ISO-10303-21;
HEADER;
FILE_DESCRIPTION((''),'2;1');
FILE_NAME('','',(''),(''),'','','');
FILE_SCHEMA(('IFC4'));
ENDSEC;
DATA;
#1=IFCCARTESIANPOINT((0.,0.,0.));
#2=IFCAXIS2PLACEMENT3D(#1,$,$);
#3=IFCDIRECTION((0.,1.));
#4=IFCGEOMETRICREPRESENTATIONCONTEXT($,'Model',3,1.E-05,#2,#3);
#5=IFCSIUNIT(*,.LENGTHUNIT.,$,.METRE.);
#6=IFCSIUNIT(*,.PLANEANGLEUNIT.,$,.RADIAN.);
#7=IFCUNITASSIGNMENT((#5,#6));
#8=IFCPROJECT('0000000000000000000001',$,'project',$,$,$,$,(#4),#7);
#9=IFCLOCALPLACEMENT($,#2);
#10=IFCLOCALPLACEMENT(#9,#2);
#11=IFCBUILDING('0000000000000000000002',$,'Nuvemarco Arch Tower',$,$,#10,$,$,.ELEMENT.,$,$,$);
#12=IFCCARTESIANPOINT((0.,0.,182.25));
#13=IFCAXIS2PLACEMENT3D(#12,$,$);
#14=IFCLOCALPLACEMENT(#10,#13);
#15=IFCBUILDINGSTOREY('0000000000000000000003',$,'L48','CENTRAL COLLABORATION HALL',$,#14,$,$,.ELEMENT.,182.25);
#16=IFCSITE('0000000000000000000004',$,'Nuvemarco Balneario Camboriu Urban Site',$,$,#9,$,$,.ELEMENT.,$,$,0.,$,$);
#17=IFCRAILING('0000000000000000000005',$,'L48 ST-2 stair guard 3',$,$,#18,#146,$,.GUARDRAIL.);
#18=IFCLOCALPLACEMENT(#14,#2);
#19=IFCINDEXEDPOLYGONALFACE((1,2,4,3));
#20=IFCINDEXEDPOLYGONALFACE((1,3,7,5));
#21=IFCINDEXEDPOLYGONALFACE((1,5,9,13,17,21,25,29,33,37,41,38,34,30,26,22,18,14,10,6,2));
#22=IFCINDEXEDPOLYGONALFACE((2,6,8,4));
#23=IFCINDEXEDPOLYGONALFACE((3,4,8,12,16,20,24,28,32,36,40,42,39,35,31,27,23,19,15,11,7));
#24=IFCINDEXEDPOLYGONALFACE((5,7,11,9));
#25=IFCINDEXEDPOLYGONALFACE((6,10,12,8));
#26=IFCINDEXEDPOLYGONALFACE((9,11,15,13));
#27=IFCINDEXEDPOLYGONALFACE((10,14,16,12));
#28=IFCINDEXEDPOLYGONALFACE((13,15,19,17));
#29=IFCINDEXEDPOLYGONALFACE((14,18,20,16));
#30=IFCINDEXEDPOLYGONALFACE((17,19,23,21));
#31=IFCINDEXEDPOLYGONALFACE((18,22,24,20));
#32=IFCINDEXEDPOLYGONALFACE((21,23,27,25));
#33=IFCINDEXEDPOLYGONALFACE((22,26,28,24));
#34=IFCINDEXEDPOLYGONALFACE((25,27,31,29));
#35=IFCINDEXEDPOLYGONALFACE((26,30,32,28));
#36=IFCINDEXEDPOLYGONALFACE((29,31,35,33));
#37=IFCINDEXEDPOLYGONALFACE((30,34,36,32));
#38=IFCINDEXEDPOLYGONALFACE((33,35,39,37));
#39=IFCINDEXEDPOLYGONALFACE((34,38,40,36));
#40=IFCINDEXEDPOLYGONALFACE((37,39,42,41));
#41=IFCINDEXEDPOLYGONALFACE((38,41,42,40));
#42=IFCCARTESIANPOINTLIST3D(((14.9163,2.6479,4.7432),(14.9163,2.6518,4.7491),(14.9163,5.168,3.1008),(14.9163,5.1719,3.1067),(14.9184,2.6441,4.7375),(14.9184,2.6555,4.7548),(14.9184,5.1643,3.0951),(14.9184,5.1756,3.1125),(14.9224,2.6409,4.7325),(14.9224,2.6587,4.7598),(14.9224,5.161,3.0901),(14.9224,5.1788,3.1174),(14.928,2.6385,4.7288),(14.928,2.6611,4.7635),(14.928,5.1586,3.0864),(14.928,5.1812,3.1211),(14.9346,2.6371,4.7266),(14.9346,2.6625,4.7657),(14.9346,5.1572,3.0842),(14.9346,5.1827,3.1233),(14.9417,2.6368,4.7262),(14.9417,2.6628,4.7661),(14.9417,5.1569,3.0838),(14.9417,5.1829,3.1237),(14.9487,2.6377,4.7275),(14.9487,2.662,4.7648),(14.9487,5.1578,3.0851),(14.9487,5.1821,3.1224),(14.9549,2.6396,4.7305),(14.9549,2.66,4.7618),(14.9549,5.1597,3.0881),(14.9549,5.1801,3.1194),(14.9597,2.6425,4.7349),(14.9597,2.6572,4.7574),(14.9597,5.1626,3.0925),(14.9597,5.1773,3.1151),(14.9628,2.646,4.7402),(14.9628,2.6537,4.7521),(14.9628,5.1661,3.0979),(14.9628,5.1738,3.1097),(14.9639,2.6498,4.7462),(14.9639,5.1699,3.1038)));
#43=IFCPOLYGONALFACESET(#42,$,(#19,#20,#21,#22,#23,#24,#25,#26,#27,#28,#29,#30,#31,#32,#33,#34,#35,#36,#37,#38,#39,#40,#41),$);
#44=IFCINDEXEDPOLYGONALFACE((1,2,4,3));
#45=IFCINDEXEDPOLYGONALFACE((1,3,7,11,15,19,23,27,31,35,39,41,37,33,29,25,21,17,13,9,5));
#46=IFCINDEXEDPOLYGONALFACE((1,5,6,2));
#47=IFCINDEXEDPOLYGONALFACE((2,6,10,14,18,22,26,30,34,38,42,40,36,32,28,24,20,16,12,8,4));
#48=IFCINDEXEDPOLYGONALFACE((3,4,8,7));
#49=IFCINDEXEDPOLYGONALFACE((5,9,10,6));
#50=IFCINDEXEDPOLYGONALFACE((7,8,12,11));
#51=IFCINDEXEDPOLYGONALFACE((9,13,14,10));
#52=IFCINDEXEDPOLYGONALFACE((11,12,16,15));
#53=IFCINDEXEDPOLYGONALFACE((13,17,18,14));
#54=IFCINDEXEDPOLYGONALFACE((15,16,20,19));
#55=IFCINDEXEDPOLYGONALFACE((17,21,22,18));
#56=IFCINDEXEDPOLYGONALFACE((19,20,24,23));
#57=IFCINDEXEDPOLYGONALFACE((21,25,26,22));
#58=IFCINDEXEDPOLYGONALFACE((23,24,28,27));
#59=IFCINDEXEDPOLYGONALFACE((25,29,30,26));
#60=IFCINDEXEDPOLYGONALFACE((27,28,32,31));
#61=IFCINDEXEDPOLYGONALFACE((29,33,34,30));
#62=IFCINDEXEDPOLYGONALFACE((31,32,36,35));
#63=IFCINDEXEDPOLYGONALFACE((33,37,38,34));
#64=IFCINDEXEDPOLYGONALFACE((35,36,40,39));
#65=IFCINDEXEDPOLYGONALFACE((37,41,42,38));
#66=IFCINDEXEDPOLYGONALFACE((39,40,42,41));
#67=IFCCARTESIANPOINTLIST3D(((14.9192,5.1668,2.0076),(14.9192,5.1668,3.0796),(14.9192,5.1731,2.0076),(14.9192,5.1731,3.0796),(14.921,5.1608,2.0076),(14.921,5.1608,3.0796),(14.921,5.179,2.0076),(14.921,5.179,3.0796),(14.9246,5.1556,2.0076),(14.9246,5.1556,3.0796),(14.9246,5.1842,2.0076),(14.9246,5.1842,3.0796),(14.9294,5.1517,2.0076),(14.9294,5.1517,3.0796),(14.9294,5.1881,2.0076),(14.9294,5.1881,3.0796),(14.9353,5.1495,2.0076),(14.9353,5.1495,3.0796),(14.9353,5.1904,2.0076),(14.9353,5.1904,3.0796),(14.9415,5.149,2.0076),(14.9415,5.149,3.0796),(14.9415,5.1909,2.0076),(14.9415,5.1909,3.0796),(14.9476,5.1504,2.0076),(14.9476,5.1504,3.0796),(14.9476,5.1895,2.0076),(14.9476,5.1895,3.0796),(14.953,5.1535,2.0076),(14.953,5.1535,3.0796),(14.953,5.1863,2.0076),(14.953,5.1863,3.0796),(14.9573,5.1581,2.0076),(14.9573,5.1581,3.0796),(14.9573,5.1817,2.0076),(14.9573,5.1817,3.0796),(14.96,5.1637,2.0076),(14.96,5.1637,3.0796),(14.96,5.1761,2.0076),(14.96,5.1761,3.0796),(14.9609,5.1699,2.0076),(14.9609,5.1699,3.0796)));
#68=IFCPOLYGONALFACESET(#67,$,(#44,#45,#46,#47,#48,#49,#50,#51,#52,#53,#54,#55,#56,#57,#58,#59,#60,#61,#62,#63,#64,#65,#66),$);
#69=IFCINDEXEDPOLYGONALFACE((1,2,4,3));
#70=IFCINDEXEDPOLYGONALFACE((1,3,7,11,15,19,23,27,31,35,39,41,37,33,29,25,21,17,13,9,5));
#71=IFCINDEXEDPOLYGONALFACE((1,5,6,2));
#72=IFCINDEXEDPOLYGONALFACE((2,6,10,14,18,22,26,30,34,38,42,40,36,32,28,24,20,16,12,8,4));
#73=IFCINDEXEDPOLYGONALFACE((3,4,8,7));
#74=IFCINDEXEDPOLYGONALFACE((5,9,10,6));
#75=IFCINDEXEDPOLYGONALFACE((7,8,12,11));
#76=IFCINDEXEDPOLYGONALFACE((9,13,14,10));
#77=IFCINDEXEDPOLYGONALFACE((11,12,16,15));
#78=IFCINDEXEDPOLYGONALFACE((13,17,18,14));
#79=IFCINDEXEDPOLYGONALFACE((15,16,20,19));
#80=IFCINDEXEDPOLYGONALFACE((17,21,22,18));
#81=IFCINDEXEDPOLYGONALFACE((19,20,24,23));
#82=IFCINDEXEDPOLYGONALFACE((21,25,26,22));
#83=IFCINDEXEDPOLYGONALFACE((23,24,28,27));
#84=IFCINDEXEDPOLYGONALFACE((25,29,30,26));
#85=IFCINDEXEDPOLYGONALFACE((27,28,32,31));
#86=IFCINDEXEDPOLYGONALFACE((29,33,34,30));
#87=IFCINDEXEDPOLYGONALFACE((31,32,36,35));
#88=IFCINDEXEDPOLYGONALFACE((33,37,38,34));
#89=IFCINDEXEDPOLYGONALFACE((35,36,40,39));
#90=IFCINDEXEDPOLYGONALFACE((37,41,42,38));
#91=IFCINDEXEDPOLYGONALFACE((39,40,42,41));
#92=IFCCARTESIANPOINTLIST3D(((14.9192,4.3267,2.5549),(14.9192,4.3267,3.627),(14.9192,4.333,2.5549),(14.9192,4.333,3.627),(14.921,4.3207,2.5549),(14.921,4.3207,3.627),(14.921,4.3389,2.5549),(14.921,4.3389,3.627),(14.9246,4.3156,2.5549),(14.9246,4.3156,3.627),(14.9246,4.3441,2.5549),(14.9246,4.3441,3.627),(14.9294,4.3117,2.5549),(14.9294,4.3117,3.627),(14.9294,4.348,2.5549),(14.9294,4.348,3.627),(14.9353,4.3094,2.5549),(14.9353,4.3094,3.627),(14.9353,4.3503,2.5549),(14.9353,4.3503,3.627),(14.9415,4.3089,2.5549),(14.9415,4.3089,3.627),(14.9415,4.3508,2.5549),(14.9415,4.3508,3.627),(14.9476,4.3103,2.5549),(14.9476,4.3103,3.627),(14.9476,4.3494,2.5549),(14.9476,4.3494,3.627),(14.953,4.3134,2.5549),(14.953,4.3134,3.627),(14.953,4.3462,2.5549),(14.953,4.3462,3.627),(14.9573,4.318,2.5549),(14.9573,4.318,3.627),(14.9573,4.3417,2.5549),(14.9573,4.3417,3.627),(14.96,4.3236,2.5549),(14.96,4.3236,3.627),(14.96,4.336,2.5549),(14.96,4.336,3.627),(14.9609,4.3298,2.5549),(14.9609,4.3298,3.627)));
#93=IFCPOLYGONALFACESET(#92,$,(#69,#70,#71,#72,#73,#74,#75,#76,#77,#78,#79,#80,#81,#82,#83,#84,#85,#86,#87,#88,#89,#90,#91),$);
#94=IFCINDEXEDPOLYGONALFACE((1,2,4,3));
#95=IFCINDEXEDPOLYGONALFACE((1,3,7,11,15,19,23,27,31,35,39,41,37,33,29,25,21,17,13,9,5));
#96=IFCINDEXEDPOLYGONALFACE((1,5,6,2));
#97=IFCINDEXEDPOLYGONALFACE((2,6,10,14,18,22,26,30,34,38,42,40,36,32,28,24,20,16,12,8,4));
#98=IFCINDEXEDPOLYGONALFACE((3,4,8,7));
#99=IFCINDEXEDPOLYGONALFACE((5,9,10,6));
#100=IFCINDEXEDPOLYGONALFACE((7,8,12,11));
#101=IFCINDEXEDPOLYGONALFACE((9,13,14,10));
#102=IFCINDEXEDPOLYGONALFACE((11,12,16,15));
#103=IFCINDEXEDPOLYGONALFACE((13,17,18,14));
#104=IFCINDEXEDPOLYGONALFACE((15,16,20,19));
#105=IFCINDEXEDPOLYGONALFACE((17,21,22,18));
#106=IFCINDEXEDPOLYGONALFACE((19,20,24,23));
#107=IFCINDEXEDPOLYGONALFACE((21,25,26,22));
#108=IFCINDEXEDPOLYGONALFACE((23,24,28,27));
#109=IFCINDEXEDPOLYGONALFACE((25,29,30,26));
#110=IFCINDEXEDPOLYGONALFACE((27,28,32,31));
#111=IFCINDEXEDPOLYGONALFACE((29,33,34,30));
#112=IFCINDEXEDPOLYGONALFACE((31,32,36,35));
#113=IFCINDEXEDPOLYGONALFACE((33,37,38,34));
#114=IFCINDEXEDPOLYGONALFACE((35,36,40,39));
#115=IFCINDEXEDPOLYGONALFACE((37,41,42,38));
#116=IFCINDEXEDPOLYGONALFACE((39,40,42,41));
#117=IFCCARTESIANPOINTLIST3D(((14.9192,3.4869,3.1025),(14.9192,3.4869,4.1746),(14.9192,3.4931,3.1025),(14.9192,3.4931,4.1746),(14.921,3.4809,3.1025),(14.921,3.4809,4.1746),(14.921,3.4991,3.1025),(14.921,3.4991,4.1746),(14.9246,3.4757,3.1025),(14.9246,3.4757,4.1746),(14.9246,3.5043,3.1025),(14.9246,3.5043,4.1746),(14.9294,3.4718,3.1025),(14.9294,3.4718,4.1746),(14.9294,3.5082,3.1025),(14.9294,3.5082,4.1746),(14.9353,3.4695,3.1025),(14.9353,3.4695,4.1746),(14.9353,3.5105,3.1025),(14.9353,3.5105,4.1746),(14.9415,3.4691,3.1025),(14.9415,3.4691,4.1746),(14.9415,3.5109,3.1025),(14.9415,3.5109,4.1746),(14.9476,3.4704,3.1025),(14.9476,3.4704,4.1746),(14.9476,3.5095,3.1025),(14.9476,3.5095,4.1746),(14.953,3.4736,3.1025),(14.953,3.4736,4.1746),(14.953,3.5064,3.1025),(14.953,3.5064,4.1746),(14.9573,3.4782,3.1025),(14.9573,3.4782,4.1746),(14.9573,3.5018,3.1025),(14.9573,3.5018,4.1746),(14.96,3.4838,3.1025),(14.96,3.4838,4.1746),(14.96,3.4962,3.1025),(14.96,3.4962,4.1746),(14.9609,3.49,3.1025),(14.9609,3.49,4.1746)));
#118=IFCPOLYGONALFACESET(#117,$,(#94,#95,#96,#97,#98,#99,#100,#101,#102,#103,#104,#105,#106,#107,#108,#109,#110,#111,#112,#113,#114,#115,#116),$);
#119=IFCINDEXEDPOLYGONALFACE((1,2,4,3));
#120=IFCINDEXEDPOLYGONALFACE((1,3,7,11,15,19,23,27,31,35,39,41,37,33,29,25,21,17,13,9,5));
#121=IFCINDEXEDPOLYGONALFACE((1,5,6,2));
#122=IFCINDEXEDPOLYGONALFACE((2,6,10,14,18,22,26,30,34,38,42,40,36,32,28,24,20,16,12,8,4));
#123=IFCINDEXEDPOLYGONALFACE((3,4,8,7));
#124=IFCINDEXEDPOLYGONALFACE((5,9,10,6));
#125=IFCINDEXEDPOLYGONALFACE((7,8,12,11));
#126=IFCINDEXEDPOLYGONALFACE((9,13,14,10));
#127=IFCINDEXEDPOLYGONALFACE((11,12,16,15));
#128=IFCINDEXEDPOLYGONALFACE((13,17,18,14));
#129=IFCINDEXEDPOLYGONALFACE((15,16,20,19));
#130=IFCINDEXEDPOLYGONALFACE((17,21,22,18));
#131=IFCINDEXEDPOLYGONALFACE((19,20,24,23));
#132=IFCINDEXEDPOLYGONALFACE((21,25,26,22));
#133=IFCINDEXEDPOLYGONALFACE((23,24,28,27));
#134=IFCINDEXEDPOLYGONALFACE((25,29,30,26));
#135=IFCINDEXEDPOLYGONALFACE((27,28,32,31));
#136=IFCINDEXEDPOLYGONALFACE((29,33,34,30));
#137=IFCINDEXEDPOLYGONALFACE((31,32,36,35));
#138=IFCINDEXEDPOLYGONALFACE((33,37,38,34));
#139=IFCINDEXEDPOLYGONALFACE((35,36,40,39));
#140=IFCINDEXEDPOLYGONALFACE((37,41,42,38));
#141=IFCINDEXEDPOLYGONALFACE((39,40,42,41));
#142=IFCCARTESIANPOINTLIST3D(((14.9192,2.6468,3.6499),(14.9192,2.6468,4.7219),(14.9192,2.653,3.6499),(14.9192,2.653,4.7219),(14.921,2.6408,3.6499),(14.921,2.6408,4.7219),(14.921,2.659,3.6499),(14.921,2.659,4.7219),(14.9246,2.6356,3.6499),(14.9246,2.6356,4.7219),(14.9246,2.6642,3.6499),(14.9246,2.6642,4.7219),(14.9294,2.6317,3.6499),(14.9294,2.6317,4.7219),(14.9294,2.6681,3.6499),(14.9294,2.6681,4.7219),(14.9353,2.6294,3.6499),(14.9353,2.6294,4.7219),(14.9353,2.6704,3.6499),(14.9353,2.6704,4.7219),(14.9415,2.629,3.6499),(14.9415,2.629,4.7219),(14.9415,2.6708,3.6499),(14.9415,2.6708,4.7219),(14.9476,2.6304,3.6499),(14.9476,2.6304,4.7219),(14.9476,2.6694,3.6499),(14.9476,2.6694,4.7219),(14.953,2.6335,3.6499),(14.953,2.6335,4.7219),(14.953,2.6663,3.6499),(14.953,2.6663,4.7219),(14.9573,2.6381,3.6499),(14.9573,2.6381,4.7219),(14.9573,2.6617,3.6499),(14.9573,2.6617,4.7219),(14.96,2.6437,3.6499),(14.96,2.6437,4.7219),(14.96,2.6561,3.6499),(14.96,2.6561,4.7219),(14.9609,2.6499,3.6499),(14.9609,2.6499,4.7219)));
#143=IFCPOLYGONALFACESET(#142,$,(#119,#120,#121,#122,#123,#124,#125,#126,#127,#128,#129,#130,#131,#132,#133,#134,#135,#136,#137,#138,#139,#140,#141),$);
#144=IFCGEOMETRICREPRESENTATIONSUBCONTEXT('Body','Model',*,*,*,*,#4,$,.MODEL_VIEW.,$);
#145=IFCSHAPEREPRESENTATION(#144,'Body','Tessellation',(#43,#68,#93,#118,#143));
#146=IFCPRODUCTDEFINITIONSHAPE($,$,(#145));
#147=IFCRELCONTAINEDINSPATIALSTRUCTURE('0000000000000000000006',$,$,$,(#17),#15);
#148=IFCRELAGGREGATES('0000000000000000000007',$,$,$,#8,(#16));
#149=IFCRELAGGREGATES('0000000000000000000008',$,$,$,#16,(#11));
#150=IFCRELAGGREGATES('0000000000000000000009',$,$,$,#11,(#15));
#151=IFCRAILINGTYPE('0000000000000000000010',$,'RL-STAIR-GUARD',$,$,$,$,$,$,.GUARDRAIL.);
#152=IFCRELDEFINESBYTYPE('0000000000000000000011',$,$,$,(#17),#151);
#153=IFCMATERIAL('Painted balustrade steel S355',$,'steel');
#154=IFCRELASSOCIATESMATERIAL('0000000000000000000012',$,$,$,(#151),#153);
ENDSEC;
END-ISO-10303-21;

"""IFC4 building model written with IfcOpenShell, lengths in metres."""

from ifc_helpers import new_model, si_unit, direction, frame, origin, origin_2d, place, context, subcontext, project, spatial, circle, extrude, material, type_object, element, save


model = new_model("IFC4")

# Units and contexts
model_context = context("Model", 3, precision=1e-05, world=origin(), true_north=direction((0.0, 1.0)))
body_context = subcontext(model_context, "Body", "Model", "MODEL_VIEW")
ifc_project = project(units=[si_unit("LENGTHUNIT", "METRE"), si_unit("PLANEANGLEUNIT", "RADIAN")], contexts=[model_context])

# Site, building, storey
site_placement = place(None, origin())
site = spatial("IfcSite", under=ifc_project, at=site_placement, Name="Nuvemarco Balneario Camboriu Urban Site", CompositionType="ELEMENT", RefElevation=0.0)
building_placement = place(site_placement, origin())
building = spatial("IfcBuilding", under=site, at=building_placement, Name="Nuvemarco Arch Tower", CompositionType="ELEMENT")
storey_placement = place(building_placement, frame((0.0, 0.0, 182.25)))
storey = spatial("IfcBuildingStorey", under=building, at=storey_placement, Name="L48", Description="CENTRAL COLLABORATION HALL", CompositionType="ELEMENT", Elevation=182.25)

# Railing
ifc_material_1 = material(Name="Painted balustrade steel S355", Category="steel")
railing_type_1 = type_object("IfcRailingType", Name="RL-STAIR-GUARD", PredefinedType="GUARDRAIL", material=ifc_material_1)
railing_1_placement = place(storey_placement, frame((14.9399, 5.1699, 2.0076)))
element("IfcRailing", 1, at=railing_1_placement, inside=storey, type_object=railing_type_1, Name="L48 ST-2 stair guard 3", PredefinedType="GUARDRAIL", context=body_context, shape_type="SweptSolid", body=[
    extrude(circle(Radius=0.0239, at=origin_2d()), frame((0.0, 0.0, 1.0962), z_axis=(0.0, -0.837787, 0.545998), x_axis=(1.0, 0.0, 0.0)), (0.0, 0.0, 1.0), 3.0081),
    extrude(circle(Radius=0.021, at=origin_2d()), origin(), (0.0, 0.0, 1.0), 1.072),
    extrude(circle(Radius=0.021, at=origin_2d()), frame((0.0, -0.8401, 0.5474)), (0.0, 0.0, 1.0), 1.072),
    extrude(circle(Radius=0.021, at=origin_2d()), frame((0.0, -1.6799, 1.095)), (0.0, 0.0, 1.0), 1.072),
    extrude(circle(Radius=0.021, at=origin_2d()), frame((0.0, -2.52, 1.6423)), (0.0, 0.0, 1.0), 1.072),
])

save(model, "model.ifc")
